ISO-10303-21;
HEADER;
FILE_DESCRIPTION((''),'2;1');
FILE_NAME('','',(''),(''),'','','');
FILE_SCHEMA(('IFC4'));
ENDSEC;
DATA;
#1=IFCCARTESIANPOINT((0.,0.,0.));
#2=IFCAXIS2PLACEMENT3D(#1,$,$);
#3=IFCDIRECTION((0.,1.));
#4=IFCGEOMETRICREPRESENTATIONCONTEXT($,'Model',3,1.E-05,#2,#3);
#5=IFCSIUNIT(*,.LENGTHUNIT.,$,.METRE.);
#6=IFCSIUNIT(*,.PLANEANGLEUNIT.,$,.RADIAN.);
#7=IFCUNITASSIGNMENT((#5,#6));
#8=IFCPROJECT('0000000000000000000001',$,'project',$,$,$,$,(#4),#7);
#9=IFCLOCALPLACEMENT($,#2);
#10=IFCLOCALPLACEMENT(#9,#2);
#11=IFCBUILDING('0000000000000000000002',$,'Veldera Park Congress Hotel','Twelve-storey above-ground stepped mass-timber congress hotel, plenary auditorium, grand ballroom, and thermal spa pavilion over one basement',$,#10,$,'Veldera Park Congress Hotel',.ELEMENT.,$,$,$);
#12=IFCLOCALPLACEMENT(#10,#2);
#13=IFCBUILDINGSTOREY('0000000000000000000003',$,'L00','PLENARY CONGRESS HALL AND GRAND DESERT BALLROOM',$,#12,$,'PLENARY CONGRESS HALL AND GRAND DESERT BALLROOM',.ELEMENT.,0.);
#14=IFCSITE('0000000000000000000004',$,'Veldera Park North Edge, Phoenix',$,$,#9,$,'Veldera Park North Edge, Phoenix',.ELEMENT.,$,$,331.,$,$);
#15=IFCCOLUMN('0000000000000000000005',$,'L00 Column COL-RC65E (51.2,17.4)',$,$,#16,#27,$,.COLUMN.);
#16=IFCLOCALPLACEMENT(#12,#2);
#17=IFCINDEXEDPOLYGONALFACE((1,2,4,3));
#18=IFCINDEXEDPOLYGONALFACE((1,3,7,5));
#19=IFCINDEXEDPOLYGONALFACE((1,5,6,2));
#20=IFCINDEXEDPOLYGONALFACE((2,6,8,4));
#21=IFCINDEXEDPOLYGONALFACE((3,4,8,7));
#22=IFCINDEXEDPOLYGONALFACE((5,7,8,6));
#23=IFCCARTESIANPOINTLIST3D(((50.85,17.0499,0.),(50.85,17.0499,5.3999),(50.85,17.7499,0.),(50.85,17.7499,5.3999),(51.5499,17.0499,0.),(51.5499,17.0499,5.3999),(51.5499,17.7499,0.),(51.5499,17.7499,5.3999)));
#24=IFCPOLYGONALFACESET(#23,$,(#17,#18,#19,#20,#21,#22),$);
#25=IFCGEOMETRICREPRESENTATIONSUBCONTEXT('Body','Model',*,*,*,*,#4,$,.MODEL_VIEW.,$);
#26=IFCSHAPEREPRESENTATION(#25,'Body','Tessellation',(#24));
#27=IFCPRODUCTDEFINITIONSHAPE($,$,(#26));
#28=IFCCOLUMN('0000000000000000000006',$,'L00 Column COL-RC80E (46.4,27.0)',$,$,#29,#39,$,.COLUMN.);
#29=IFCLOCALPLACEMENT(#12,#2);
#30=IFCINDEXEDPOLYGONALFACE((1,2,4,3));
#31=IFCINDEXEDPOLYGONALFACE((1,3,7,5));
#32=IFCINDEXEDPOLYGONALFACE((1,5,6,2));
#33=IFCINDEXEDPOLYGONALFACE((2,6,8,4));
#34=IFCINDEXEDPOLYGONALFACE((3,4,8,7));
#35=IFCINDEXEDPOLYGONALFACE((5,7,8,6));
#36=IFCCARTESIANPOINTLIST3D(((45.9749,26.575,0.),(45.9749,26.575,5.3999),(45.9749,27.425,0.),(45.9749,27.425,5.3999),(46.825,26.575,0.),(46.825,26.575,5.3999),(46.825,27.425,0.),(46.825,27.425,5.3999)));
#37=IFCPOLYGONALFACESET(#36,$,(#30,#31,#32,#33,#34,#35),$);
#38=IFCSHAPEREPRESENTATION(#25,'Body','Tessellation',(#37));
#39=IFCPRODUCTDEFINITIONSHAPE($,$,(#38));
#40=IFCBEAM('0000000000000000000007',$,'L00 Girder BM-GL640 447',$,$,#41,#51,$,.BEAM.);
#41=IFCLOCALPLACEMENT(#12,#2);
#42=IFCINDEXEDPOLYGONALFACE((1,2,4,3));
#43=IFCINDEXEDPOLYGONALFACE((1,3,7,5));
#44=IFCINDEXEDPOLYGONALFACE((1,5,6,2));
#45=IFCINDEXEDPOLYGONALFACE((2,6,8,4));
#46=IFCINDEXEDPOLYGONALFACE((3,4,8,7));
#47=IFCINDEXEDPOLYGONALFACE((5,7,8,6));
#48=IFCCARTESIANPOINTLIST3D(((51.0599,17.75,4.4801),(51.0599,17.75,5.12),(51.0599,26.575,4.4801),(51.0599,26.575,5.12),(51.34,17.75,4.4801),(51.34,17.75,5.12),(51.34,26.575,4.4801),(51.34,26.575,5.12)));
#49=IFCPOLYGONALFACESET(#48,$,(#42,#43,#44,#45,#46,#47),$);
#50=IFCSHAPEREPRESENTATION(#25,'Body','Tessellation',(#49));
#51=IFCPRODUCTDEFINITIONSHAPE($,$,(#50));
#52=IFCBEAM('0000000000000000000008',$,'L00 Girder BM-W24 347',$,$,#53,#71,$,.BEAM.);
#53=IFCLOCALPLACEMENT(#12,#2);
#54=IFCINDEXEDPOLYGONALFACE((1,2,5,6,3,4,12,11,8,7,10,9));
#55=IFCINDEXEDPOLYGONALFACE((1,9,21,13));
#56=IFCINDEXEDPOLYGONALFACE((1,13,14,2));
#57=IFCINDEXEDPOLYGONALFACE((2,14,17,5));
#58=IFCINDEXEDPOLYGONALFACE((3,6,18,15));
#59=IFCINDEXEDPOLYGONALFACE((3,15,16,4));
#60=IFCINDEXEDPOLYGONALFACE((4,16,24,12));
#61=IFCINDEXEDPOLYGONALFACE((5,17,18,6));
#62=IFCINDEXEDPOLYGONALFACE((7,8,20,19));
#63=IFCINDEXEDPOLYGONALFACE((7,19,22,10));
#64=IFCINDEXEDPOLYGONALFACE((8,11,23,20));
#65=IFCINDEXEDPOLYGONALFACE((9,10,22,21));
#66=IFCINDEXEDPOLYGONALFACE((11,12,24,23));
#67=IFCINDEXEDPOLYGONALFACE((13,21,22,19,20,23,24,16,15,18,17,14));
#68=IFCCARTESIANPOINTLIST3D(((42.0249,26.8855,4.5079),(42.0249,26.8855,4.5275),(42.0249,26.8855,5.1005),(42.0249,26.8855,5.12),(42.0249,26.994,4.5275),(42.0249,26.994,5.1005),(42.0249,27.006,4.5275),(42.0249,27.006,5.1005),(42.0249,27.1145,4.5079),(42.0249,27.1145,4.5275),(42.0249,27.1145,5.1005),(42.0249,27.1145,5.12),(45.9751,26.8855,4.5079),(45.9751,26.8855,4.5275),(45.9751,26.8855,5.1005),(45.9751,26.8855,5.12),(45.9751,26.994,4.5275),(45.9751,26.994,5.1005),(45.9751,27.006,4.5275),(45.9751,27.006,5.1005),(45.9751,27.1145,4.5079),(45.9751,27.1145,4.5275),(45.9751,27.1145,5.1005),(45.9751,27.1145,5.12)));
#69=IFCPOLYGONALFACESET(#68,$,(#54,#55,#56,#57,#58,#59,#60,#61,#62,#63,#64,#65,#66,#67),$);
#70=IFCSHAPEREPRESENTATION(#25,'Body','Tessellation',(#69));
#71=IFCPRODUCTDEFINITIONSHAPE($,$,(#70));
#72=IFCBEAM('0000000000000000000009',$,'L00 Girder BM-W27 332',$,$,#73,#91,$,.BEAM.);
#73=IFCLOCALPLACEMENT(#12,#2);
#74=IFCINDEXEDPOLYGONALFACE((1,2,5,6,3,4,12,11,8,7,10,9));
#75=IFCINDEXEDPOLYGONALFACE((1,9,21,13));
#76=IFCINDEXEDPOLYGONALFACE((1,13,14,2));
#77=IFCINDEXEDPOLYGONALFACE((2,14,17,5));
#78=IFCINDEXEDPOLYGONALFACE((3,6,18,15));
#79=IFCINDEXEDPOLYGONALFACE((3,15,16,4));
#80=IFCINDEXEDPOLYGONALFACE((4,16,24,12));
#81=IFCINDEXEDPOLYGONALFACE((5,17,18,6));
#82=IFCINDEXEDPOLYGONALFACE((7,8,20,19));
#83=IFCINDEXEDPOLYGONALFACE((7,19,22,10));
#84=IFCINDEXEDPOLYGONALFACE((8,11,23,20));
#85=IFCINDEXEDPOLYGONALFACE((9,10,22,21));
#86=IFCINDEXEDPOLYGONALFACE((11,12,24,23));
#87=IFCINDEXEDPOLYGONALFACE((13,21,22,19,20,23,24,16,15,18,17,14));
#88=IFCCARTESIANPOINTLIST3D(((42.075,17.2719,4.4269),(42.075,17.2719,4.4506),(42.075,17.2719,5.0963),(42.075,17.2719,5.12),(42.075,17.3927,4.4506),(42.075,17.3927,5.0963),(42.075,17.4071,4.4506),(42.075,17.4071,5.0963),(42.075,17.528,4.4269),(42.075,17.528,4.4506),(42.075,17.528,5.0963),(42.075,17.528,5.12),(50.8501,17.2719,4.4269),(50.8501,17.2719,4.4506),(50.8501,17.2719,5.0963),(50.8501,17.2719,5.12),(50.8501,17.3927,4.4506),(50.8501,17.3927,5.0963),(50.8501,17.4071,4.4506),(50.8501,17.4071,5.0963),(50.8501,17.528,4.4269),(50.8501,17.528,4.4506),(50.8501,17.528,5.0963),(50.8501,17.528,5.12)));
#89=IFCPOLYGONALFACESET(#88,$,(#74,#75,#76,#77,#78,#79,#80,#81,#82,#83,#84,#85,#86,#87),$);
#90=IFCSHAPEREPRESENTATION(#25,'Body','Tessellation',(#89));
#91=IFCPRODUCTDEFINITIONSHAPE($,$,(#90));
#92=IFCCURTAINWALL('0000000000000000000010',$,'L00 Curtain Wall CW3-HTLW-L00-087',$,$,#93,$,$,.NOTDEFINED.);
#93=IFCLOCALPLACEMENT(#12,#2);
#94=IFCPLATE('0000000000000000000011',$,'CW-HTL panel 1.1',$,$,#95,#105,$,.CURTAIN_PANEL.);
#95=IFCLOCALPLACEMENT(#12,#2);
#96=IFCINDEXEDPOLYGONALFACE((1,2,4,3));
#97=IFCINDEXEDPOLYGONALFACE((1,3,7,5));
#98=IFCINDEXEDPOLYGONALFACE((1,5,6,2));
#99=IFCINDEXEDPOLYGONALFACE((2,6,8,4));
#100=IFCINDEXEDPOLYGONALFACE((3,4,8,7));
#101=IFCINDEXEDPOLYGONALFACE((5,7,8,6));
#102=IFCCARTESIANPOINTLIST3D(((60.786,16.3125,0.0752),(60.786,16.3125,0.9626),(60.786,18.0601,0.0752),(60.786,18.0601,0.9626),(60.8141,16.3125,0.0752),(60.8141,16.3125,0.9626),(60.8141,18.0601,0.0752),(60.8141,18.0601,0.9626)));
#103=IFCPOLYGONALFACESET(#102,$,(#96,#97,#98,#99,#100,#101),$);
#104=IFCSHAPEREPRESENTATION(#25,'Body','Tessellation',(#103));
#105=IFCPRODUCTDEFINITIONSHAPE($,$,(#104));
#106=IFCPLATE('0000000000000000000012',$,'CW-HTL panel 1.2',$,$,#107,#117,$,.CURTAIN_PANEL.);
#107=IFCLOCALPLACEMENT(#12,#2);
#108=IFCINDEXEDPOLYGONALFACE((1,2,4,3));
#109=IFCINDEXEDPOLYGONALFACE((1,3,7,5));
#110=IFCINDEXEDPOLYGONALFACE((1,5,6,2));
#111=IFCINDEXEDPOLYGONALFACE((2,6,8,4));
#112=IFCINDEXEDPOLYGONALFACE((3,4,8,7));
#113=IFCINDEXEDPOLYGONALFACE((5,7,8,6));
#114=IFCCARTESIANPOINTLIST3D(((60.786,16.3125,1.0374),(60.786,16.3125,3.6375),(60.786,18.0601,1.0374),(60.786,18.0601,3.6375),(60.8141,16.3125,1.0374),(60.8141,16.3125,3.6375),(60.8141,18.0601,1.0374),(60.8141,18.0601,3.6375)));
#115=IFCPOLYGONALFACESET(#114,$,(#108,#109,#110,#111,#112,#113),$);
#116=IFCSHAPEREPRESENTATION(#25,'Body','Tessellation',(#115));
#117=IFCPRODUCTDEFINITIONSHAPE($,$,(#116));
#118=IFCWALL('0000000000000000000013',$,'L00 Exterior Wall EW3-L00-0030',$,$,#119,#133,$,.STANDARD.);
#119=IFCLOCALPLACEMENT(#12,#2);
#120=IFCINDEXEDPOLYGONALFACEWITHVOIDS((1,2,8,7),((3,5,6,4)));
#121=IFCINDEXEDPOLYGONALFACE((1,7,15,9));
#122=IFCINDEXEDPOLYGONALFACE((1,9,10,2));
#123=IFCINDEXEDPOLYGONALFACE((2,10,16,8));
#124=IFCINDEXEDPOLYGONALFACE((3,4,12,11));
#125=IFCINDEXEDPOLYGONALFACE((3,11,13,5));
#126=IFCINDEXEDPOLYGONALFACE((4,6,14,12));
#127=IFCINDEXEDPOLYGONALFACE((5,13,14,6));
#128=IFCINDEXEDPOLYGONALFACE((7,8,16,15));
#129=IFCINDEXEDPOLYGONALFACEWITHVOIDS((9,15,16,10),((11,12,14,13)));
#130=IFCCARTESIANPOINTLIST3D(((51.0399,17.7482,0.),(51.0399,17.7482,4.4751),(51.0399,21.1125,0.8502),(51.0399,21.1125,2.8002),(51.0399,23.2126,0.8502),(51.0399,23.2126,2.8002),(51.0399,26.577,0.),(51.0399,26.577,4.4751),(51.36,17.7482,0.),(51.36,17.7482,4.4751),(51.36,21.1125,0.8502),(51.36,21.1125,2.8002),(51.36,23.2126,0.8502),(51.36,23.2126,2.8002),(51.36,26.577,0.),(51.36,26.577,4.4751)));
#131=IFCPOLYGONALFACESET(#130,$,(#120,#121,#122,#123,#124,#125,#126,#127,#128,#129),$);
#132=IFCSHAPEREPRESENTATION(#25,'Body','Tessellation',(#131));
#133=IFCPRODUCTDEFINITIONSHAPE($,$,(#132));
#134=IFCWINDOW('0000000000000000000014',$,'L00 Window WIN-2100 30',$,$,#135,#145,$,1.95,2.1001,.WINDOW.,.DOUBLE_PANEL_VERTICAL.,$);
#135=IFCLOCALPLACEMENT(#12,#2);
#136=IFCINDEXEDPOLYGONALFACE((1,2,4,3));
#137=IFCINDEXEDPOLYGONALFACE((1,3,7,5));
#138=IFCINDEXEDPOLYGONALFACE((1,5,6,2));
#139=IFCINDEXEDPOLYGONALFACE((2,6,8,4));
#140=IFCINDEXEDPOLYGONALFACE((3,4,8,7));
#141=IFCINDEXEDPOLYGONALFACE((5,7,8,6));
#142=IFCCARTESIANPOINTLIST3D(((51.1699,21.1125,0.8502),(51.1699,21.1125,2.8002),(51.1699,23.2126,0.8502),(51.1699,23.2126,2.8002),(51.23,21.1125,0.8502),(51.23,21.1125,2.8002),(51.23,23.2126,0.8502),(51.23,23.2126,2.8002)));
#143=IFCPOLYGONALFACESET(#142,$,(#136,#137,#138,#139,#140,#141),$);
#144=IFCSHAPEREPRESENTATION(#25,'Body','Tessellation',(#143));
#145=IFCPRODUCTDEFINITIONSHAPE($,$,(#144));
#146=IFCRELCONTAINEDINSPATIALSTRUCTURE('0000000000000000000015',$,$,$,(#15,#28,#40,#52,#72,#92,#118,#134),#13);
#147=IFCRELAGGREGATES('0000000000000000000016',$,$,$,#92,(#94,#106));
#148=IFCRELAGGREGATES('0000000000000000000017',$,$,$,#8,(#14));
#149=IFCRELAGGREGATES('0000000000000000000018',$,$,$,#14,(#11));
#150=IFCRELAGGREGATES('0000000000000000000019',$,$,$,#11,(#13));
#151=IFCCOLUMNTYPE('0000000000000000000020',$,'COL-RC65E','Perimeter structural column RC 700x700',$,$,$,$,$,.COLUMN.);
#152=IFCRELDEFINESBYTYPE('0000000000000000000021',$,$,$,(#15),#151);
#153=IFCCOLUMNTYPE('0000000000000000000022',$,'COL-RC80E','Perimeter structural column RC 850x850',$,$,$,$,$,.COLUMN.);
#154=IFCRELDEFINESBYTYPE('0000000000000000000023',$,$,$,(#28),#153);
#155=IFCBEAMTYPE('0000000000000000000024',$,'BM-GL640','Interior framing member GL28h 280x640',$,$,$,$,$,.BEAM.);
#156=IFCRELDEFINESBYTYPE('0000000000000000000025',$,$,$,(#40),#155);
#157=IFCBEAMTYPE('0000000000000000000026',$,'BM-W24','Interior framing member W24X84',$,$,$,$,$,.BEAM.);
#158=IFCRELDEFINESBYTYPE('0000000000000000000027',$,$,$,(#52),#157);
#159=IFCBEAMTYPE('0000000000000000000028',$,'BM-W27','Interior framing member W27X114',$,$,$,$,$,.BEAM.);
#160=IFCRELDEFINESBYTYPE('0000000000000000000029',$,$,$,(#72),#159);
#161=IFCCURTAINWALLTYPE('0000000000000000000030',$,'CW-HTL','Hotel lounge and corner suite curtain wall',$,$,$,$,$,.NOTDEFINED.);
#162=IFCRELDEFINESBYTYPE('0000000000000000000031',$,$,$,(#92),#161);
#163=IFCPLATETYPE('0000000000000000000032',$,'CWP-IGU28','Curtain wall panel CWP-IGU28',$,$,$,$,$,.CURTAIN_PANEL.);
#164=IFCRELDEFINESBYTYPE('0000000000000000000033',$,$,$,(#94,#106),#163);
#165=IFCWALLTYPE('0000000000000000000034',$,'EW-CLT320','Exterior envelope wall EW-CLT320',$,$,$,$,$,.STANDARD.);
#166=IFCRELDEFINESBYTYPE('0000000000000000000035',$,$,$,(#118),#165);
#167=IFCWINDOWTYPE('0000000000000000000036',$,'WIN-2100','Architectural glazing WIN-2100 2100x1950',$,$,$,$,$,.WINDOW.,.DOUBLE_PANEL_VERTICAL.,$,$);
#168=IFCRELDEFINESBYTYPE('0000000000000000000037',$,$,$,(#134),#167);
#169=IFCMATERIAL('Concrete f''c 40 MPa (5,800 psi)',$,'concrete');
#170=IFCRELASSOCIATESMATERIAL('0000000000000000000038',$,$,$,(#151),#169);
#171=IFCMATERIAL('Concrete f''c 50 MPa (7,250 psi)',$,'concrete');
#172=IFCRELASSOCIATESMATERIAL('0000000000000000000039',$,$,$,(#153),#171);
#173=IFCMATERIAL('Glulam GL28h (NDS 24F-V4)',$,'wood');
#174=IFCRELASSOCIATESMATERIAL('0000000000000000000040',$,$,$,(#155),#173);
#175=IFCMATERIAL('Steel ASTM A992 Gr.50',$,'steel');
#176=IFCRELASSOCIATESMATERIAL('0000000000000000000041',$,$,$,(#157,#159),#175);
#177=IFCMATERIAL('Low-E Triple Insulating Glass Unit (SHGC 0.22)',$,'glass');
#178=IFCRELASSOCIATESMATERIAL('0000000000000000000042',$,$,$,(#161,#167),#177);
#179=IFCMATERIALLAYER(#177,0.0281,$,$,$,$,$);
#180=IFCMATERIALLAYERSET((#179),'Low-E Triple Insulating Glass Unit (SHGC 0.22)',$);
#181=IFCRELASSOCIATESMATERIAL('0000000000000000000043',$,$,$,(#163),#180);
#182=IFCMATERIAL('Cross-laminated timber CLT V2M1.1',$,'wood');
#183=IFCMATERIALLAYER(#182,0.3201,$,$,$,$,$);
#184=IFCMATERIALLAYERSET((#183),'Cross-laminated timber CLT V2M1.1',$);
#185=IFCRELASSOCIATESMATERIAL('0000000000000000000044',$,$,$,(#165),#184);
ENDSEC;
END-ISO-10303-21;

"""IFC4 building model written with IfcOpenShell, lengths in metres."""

from ifc_helpers import new_model, si_unit, direction, frame, frame_2d, origin, origin_2d, place, context, subcontext, project, spatial, rectangle, i_section, extrude, material, layer, layer_set, material_profile, profile_set, type_object, element, fill, aggregate, save


model = new_model("IFC4")

# Units and contexts
model_context = context("Model", 3, precision=1e-05, world=origin(), true_north=direction((0.0, 1.0)))
body_context = subcontext(model_context, "Body", "Model", "MODEL_VIEW")
ifc_project = project(units=[si_unit("LENGTHUNIT", "METRE"), si_unit("PLANEANGLEUNIT", "RADIAN")], contexts=[model_context])

# Site, building, storey
site_placement = place(None, origin())
site = spatial("IfcSite", under=ifc_project, at=site_placement, Name="Veldera Park North Edge, Phoenix", LongName="Veldera Park North Edge, Phoenix", CompositionType="ELEMENT", RefElevation=331.0)
building_placement = place(site_placement, origin())
building = spatial("IfcBuilding", under=site, at=building_placement, Name="Veldera Park Congress Hotel", Description="Twelve-storey above-ground stepped mass-timber congress hotel, plenary auditorium, grand ballroom, and thermal spa pavilion over one basement", LongName="Veldera Park Congress Hotel", CompositionType="ELEMENT")
storey_placement = place(building_placement, origin())
storey = spatial("IfcBuildingStorey", under=building, at=storey_placement, Name="L00", Description="PLENARY CONGRESS HALL AND GRAND DESERT BALLROOM", LongName="PLENARY CONGRESS HALL AND GRAND DESERT BALLROOM", CompositionType="ELEMENT", Elevation=0.0)

# Columns
ifc_material_1 = material(Name="Concrete f'c 40 MPa (5,800 psi)", Category="concrete")
ifc_material_profile_1 = material_profile(ifc_material_1, rectangle(XDim=0.7, YDim=0.7, at=origin_2d()), Name="RC 700x700")
ifc_profile_set_1 = profile_set([ifc_material_profile_1], Name="Concrete f'c 40 MPa (5,800 psi)")
column_type_1 = type_object("IfcColumnType", Name="COL-RC65E", Description="Perimeter structural column RC 700x700", PredefinedType="COLUMN", material=ifc_profile_set_1)
column_1_placement = place(storey_placement, frame((51.2, 17.3999, 0.0), z_axis=(0.0, 0.0, 1.0), x_axis=(1.0, 0.0, 0.0)))
element("IfcColumn", 1, at=column_1_placement, inside=storey, type_object=column_type_1, Name="L00 Column COL-RC65E (51.2,17.4)", PredefinedType="COLUMN", context=body_context, shape_type="SweptSolid", body=[
    extrude(rectangle(XDim=0.7, YDim=0.7, at=origin_2d()), origin(), (0.0, 0.0, 1.0), 5.3999),
])
ifc_material_2 = material(Name="Concrete f'c 50 MPa (7,250 psi)", Category="concrete")
ifc_material_profile_2 = material_profile(ifc_material_2, rectangle(XDim=0.8501, YDim=0.8501, at=origin_2d()), Name="RC 850x850")
ifc_profile_set_2 = profile_set([ifc_material_profile_2], Name="Concrete f'c 50 MPa (7,250 psi)")
column_type_2 = type_object("IfcColumnType", Name="COL-RC80E", Description="Perimeter structural column RC 850x850", PredefinedType="COLUMN", material=ifc_profile_set_2)
column_2_placement = place(storey_placement, frame((46.3999, 27.0, 0.0), z_axis=(0.0, 0.0, 1.0), x_axis=(1.0, 0.0, 0.0)))
element("IfcColumn", 2, at=column_2_placement, inside=storey, type_object=column_type_2, Name="L00 Column COL-RC80E (46.4,27.0)", PredefinedType="COLUMN", context=body_context, shape_type="SweptSolid", body=[
    extrude(rectangle(XDim=0.8501, YDim=0.8501, at=origin_2d()), origin(), (0.0, 0.0, 1.0), 5.3999),
])

# Beams
ifc_material_3 = material(Name="Glulam GL28h (NDS 24F-V4)", Category="wood")
ifc_material_profile_3 = material_profile(ifc_material_3, rectangle(XDim=0.28, YDim=0.6399, at=origin_2d()), Name="GL28h 280x640")
ifc_profile_set_3 = profile_set([ifc_material_profile_3], Name="Glulam GL28h (NDS 24F-V4)")
beam_type_1 = type_object("IfcBeamType", Name="BM-GL640", Description="Interior framing member GL28h 280x640", PredefinedType="BEAM", material=ifc_profile_set_3)
beam_1_placement = place(storey_placement, frame((51.2, 17.75, 4.8), z_axis=(0.0, 1.0, 0.0), x_axis=(-1.0, 0.0, 0.0)))
element("IfcBeam", 3, at=beam_1_placement, inside=storey, type_object=beam_type_1, Name="L00 Girder BM-GL640 447", PredefinedType="BEAM", context=body_context, shape_type="SweptSolid", body=[
    extrude(rectangle(XDim=0.28, YDim=0.6399, at=origin_2d()), origin(), (0.0, 0.0, 1.0), 8.825),
])
ifc_material_4 = material(Name="Steel ASTM A992 Gr.50", Category="steel")
ifc_material_profile_4 = material_profile(ifc_material_4, i_section(OverallWidth=0.229, OverallDepth=0.6121, WebThickness=0.012, FlangeThickness=0.0195, at=origin_2d()), Name="W24X84")
ifc_profile_set_4 = profile_set([ifc_material_profile_4], Name="Steel ASTM A992 Gr.50")
beam_type_2 = type_object("IfcBeamType", Name="BM-W24", Description="Interior framing member W24X84", PredefinedType="BEAM", material=ifc_profile_set_4)
beam_2_placement = place(storey_placement, frame((42.0249, 27.0, 4.814), z_axis=(1.0, 0.0, 0.0), x_axis=(0.0, 1.0, 0.0)))
element("IfcBeam", 4, at=beam_2_placement, inside=storey, type_object=beam_type_2, Name="L00 Girder BM-W24 347", PredefinedType="BEAM", context=body_context, shape_type="SweptSolid", body=[
    extrude(i_section(OverallWidth=0.229, OverallDepth=0.6121, WebThickness=0.012, FlangeThickness=0.0195, at=origin_2d()), origin(), (0.0, 0.0, 1.0), 3.9502),
])
ifc_material_profile_5 = material_profile(ifc_material_4, i_section(OverallWidth=0.2561, OverallDepth=0.6931, WebThickness=0.0144, FlangeThickness=0.0237, at=origin_2d()), Name="W27X114")
ifc_profile_set_5 = profile_set([ifc_material_profile_5], Name="Steel ASTM A992 Gr.50")
beam_type_3 = type_object("IfcBeamType", Name="BM-W27", Description="Interior framing member W27X114", PredefinedType="BEAM", material=ifc_profile_set_5)
beam_3_placement = place(storey_placement, frame((42.075, 17.3999, 4.7734), z_axis=(1.0, 0.0, 0.0), x_axis=(0.0, 1.0, 0.0)))
element("IfcBeam", 5, at=beam_3_placement, inside=storey, type_object=beam_type_3, Name="L00 Girder BM-W27 332", PredefinedType="BEAM", context=body_context, shape_type="SweptSolid", body=[
    extrude(i_section(OverallWidth=0.2561, OverallDepth=0.6931, WebThickness=0.0144, FlangeThickness=0.0237, at=origin_2d()), origin(), (0.0, 0.0, 1.0), 8.7751),
])

# Curtain wall, plates
ifc_material_5 = material(Name="Low-E Triple Insulating Glass Unit (SHGC 0.22)", Category="glass")
curtain_wall_type = type_object("IfcCurtainWallType", Name="CW-HTL", Description="Hotel lounge and corner suite curtain wall", PredefinedType="NOTDEFINED", material=ifc_material_5)
curtain_wall_placement = place(storey_placement, origin())
curtain_wall = element("IfcCurtainWall", 6, at=curtain_wall_placement, inside=storey, type_object=curtain_wall_type, Name="L00 Curtain Wall CW3-HTLW-L00-087", PredefinedType="NOTDEFINED")
ifc_layer_1 = layer(ifc_material_5, 0.0281)
ifc_layer_set_1 = layer_set([ifc_layer_1], Name="Low-E Triple Insulating Glass Unit (SHGC 0.22)")
plate_type = type_object("IfcPlateType", Name="CWP-IGU28", Description="Curtain wall panel CWP-IGU28", PredefinedType="CURTAIN_PANEL", material=ifc_layer_set_1)
plate_1_placement = place(storey_placement, frame((60.8, 17.1863, 0.0752), z_axis=(0.0, 0.0, 1.0), x_axis=(0.0, -1.0, 0.0)))
plate_1 = element("IfcPlate", 7, at=plate_1_placement, type_object=plate_type, Name="CW-HTL panel 1.1", PredefinedType="CURTAIN_PANEL", context=body_context, shape_type="SweptSolid", body=[
    extrude(rectangle(XDim=1.7476, YDim=0.0281, at=origin_2d()), origin(), (0.0, 0.0, 1.0), 0.8875),
])
plate_2_placement = place(storey_placement, frame((60.8, 17.1863, 1.0374), z_axis=(0.0, 0.0, 1.0), x_axis=(0.0, -1.0, 0.0)))
plate_2 = element("IfcPlate", 8, at=plate_2_placement, type_object=plate_type, Name="CW-HTL panel 1.2", PredefinedType="CURTAIN_PANEL", context=body_context, shape_type="SweptSolid", body=[
    extrude(rectangle(XDim=1.7476, YDim=0.0281, at=origin_2d()), origin(), (0.0, 0.0, 1.0), 2.6001),
])
aggregate(curtain_wall, [plate_1, plate_2])

# Wall, opening, window
ifc_material_6 = material(Name="Cross-laminated timber CLT V2M1.1", Category="wood")
ifc_layer_2 = layer(ifc_material_6, 0.3201)
ifc_layer_set_2 = layer_set([ifc_layer_2], Name="Cross-laminated timber CLT V2M1.1")
wall_type_1 = type_object("IfcWallType", Name="EW-CLT320", Description="Exterior envelope wall EW-CLT320", PredefinedType="STANDARD", material=ifc_layer_set_2)
wall_1_placement = place(storey_placement, frame((51.2, 17.748, 0.0), z_axis=(0.0, 0.0, 1.0), x_axis=(0.0, 1.0, 0.0)))
wall_1 = element("IfcWall", 9, at=wall_1_placement, inside=storey, type_object=wall_type_1, Name="L00 Exterior Wall EW3-L00-0030", PredefinedType="STANDARD", context=body_context, shape_type="SweptSolid", body=[
    extrude(rectangle(XDim=8.8289, YDim=0.3201, at=frame_2d((4.4146, 0.0))), origin(), (0.0, 0.0, 1.0), 4.4751),
])
opening_1_placement = place(wall_1_placement, frame((3.3645, 0.0, 0.8501)))
opening_1 = element("IfcOpeningElement", 10, at=opening_1_placement, cuts=wall_1, PredefinedType="OPENING", context=body_context, shape_type="SweptSolid", body=[
    extrude(rectangle(XDim=2.1001, YDim=1.95, at=frame_2d((1.05, 0.9751))), frame((0.0, 0.1721, 0.0), z_axis=(0.0, -1.0, 0.0), x_axis=(1.0, 0.0, 0.0)), (0.0, 0.0, 1.0), 0.344),
])
window_type_1 = type_object("IfcWindowType", Name="WIN-2100", Description="Architectural glazing WIN-2100 2100x1950", PartitioningType="DOUBLE_PANEL_VERTICAL", PredefinedType="WINDOW", material=ifc_material_5)
window_1_placement = place(opening_1_placement, origin())
window_1 = element("IfcWindow", 11, at=window_1_placement, inside=storey, type_object=window_type_1, Name="L00 Window WIN-2100 30", OverallHeight=1.95, OverallWidth=2.1001, PartitioningType="DOUBLE_PANEL_VERTICAL", PredefinedType="WINDOW", context=body_context, shape_type="SweptSolid", body=[
    extrude(rectangle(XDim=2.1001, YDim=1.95, at=frame_2d((1.05, 0.9751))), frame((0.0, 0.03, 0.0), z_axis=(0.0, -1.0, 0.0), x_axis=(1.0, 0.0, 0.0)), (0.0, 0.0, 1.0), 0.0601),
])
fill(opening_1, window_1)

save(model, "model.ifc")
